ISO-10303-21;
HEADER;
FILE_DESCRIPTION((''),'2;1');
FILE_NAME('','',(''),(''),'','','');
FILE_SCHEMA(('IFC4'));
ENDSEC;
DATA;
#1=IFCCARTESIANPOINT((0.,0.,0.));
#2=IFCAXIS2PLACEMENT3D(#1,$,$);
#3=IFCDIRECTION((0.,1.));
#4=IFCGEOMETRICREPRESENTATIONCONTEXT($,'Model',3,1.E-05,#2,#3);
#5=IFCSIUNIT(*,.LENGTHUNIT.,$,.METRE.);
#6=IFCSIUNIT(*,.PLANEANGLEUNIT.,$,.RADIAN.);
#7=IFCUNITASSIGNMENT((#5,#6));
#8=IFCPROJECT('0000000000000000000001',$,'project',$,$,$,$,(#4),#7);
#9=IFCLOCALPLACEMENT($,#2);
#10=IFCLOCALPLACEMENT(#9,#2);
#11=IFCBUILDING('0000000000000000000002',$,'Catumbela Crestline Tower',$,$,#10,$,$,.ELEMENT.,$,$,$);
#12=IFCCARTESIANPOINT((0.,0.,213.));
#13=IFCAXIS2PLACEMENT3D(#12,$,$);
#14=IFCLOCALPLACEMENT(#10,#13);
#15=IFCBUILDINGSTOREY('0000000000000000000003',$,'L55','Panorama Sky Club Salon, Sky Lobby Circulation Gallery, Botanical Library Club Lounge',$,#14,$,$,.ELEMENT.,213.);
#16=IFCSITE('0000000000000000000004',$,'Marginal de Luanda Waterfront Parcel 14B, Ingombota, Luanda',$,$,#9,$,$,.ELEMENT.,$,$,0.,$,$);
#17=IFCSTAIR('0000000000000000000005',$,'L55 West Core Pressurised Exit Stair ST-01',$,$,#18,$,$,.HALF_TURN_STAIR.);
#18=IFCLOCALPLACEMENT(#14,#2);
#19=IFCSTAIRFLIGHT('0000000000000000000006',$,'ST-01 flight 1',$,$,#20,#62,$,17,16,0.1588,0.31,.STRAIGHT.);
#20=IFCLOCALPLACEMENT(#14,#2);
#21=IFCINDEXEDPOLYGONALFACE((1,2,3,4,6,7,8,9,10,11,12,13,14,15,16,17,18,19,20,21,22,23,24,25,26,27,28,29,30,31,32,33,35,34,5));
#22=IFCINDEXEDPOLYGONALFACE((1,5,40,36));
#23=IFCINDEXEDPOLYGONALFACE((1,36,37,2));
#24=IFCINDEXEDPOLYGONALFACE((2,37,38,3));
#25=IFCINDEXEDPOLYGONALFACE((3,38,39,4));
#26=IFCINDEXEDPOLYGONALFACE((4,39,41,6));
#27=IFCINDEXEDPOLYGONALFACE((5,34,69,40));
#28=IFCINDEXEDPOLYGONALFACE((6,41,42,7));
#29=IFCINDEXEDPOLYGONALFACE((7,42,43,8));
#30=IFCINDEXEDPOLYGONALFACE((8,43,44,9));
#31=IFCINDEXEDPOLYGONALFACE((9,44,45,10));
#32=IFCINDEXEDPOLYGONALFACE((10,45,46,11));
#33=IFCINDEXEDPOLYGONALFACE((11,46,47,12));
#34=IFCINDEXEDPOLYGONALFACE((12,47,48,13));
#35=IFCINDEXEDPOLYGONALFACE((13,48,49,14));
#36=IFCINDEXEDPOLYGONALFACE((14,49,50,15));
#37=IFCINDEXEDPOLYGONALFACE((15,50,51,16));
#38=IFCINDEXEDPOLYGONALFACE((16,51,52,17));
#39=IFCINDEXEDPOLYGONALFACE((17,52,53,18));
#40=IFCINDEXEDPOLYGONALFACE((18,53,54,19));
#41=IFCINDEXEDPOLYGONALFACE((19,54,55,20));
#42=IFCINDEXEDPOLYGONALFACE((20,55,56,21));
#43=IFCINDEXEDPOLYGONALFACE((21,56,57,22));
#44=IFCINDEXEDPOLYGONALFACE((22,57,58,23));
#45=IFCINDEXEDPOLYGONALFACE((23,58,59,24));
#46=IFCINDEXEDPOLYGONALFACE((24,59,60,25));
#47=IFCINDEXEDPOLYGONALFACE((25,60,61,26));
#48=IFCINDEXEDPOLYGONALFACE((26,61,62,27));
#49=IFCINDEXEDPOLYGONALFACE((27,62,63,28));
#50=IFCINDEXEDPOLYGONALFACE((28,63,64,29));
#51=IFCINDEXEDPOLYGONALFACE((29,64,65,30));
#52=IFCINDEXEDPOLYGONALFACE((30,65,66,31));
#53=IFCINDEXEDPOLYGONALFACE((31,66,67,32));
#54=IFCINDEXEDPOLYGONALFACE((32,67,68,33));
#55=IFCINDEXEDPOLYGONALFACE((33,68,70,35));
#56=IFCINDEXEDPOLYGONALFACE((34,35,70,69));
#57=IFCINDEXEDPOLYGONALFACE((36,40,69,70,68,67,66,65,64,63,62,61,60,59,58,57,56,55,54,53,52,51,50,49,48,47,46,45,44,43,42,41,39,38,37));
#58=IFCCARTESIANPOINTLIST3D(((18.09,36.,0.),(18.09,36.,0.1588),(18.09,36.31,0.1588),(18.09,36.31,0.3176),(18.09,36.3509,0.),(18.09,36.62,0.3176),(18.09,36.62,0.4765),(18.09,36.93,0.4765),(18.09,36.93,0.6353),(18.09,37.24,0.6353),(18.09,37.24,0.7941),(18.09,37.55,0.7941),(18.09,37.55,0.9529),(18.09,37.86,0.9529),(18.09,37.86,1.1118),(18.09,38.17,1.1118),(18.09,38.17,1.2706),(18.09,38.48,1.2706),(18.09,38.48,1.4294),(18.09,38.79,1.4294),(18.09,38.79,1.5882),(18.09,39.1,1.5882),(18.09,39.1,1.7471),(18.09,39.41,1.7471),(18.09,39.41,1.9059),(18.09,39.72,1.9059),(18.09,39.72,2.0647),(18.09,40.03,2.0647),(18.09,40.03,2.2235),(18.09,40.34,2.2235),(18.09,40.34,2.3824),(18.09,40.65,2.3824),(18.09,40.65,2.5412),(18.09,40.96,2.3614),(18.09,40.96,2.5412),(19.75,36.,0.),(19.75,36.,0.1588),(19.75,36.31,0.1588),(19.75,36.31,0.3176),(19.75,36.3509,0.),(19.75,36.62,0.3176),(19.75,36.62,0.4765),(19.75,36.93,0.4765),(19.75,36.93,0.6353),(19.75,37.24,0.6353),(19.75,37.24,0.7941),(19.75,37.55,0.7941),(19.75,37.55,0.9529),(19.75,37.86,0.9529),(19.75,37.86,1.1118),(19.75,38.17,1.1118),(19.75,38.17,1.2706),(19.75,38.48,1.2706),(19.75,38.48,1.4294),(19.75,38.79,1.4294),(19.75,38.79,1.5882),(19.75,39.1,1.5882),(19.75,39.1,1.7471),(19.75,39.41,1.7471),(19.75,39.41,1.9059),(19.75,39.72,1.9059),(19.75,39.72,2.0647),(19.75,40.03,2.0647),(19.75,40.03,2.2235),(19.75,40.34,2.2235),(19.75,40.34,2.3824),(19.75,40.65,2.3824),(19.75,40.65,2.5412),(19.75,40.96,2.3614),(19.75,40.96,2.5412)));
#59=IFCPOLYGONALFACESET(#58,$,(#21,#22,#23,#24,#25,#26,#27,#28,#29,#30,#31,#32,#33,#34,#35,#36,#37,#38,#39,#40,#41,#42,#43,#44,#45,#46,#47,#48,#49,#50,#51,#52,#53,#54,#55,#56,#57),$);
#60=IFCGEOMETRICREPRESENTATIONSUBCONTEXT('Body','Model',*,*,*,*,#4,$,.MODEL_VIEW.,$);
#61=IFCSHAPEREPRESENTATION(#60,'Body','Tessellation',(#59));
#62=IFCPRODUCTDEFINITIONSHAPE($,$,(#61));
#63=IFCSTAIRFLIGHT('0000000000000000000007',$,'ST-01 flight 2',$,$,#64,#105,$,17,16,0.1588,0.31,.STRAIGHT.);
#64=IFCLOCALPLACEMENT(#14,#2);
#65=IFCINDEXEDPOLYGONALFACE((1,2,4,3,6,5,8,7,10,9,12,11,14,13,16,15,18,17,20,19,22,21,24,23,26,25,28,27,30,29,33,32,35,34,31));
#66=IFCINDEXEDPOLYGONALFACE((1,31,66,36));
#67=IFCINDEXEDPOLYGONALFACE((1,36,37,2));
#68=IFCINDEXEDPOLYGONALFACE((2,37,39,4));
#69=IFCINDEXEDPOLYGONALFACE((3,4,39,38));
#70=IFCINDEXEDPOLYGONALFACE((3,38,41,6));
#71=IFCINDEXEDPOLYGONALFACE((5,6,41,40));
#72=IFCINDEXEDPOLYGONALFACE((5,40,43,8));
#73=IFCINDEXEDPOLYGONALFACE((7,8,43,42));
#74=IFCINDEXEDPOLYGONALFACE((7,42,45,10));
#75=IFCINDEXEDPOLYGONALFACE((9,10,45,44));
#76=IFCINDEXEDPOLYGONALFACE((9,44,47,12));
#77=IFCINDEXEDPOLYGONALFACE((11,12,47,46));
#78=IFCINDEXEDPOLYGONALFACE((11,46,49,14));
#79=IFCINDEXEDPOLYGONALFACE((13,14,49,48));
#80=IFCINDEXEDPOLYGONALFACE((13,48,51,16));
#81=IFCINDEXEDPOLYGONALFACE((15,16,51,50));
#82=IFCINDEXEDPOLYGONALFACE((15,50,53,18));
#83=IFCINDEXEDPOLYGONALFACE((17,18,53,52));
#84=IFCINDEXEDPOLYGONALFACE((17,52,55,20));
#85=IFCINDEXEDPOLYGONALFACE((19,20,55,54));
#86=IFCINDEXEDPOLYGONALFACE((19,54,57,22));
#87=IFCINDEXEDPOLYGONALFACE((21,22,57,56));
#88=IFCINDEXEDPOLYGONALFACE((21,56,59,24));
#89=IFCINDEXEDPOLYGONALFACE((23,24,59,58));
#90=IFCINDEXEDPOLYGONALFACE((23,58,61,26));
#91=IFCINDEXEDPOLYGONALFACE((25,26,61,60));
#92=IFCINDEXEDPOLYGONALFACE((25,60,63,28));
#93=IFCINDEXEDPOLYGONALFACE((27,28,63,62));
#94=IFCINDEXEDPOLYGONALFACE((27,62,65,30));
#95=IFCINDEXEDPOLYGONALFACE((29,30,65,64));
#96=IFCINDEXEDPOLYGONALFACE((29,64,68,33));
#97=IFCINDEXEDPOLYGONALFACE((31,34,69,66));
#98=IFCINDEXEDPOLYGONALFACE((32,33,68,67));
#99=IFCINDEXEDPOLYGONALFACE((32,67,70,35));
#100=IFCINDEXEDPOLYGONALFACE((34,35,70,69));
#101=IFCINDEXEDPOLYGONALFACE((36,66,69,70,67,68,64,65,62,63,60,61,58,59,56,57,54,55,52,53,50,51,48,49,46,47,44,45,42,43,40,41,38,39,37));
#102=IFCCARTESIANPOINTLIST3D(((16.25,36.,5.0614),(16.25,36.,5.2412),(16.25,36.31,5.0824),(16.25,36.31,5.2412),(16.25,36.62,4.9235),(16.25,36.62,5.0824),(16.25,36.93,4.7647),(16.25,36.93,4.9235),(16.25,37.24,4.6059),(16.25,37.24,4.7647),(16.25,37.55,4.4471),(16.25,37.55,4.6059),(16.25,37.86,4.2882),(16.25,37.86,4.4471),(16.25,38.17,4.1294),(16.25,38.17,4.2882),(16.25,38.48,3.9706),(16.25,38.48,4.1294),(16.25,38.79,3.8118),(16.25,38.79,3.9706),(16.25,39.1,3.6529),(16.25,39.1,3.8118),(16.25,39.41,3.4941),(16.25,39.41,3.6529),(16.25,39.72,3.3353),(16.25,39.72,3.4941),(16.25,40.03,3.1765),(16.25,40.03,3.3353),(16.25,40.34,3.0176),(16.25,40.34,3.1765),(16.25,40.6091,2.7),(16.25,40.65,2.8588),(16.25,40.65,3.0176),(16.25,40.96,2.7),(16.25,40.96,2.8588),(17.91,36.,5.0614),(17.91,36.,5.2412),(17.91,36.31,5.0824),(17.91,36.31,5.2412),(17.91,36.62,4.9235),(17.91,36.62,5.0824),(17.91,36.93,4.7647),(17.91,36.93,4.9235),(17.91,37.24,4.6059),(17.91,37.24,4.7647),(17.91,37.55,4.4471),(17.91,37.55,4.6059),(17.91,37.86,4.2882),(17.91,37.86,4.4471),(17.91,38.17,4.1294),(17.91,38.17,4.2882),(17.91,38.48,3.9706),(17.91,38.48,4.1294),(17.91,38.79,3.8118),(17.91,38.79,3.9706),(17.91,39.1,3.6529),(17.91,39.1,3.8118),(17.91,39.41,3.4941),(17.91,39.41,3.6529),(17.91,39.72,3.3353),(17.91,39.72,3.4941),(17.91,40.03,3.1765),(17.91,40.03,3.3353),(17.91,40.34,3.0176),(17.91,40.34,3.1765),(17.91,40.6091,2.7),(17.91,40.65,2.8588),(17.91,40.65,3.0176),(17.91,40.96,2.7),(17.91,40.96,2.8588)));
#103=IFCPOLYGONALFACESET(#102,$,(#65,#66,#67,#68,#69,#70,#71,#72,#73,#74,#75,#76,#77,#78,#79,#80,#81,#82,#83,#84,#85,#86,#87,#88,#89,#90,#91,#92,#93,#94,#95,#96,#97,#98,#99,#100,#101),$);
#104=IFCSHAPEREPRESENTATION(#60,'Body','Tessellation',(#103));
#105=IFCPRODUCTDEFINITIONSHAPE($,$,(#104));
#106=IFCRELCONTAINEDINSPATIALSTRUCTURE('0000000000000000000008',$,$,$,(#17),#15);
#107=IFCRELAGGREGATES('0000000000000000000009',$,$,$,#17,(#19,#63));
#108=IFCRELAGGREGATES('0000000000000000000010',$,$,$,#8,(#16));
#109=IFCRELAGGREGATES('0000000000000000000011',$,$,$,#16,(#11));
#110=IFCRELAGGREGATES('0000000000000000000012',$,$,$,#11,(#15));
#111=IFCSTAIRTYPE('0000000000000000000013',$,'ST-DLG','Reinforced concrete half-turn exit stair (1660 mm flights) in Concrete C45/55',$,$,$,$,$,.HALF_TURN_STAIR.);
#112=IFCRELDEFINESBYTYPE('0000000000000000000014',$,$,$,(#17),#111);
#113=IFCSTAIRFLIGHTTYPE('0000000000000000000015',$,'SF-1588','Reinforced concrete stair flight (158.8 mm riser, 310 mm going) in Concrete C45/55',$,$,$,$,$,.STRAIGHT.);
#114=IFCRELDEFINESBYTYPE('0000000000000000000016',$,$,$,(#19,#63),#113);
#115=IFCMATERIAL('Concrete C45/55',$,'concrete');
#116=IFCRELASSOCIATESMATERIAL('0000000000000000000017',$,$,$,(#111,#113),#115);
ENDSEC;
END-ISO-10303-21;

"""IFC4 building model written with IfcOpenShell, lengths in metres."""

from ifc_helpers import new_model, si_unit, direction, frame, origin, place, context, subcontext, project, spatial, polyline, outline, extrude, material, type_object, element, aggregate, save


model = new_model("IFC4")

# Units and contexts
model_context = context("Model", 3, precision=1e-05, world=origin(), true_north=direction((0.0, 1.0)))
body_context = subcontext(model_context, "Body", "Model", "MODEL_VIEW")
ifc_project = project(units=[si_unit("LENGTHUNIT", "METRE"), si_unit("PLANEANGLEUNIT", "RADIAN")], contexts=[model_context])

# Site, building, storey
site_placement = place(None, origin())
site = spatial("IfcSite", under=ifc_project, at=site_placement, Name="Marginal de Luanda Waterfront Parcel 14B, Ingombota, Luanda", CompositionType="ELEMENT", RefElevation=0.0)
building_placement = place(site_placement, origin())
building = spatial("IfcBuilding", under=site, at=building_placement, Name="Catumbela Crestline Tower", CompositionType="ELEMENT")
storey_placement = place(building_placement, frame((0.0, 0.0, 213.0)))
storey = spatial("IfcBuildingStorey", under=building, at=storey_placement, Name="L55", Description="Panorama Sky Club Salon, Sky Lobby Circulation Gallery, Botanical Library Club Lounge", CompositionType="ELEMENT", Elevation=213.0)

# Stair, stair flights
ifc_material_1 = material(Name="Concrete C45/55", Category="concrete")
stair_type = type_object("IfcStairType", Name="ST-DLG", Description="Reinforced concrete half-turn exit stair (1660 mm flights) in Concrete C45/55", PredefinedType="HALF_TURN_STAIR", material=ifc_material_1)
stair_placement = place(storey_placement, origin())
stair = element("IfcStair", 1, at=stair_placement, inside=storey, type_object=stair_type, Name="L55 West Core Pressurised Exit Stair ST-01", PredefinedType="HALF_TURN_STAIR")
stair_flight_type = type_object("IfcStairFlightType", Name="SF-1588", Description="Reinforced concrete stair flight (158.8 mm riser, 310 mm going) in Concrete C45/55", PredefinedType="STRAIGHT", material=ifc_material_1)
stair_flight_1_placement = place(storey_placement, frame((18.92, 36.0, 0.0), z_axis=(0.0, 0.0, 1.0), x_axis=(0.0, 1.0, 0.0)))
stair_flight_1 = element("IfcStairFlight", 2, at=stair_flight_1_placement, type_object=stair_flight_type, Name="ST-01 flight 1", NumberOfRisers=17, NumberOfTreads=16, PredefinedType="STRAIGHT", RiserHeight=0.1588, TreadLength=0.31, context=body_context, shape_type="SweptSolid", body=[
    extrude(outline(polyline([(0.0, 0.0), (0.0, 0.1588), (0.31, 0.1588), (0.31, 0.3176), (0.62, 0.3176), (0.62, 0.4765), (0.93, 0.4765), (0.93, 0.6353), (1.24, 0.6353), (1.24, 0.7941), (1.55, 0.7941), (1.55, 0.9529), (1.86, 0.9529), (1.86, 1.1118), (2.17, 1.1118), (2.17, 1.2706), (2.48, 1.2706), (2.48, 1.4294), (2.79, 1.4294), (2.79, 1.5882), (3.1, 1.5882), (3.1, 1.7471), (3.41, 1.7471), (3.41, 1.9059), (3.72, 1.9059), (3.72, 2.0647), (4.03, 2.0647), (4.03, 2.2235), (4.34, 2.2235), (4.34, 2.3824), (4.65, 2.3824), (4.65, 2.5412), (4.96, 2.5412), (4.96, 2.7), (4.96, 2.3614), (0.3509, 0.0), (0.0, 0.0)])), frame((0.0, 0.83, 0.0), z_axis=(0.0, -1.0, 0.0), x_axis=(1.0, 0.0, 0.0)), (0.0, 0.0, 1.0), 1.66),
])
stair_flight_2_placement = place(storey_placement, frame((17.08, 40.96, 2.7), z_axis=(0.0, 0.0, 1.0), x_axis=(0.0, -1.0, 0.0)))
stair_flight_2 = element("IfcStairFlight", 3, at=stair_flight_2_placement, type_object=stair_flight_type, Name="ST-01 flight 2", NumberOfRisers=17, NumberOfTreads=16, PredefinedType="STRAIGHT", RiserHeight=0.1588, TreadLength=0.31, context=body_context, shape_type="SweptSolid", body=[
    extrude(outline(polyline([(0.0, 0.0), (0.0, 0.1588), (0.31, 0.1588), (0.31, 0.3176), (0.62, 0.3176), (0.62, 0.4765), (0.93, 0.4765), (0.93, 0.6353), (1.24, 0.6353), (1.24, 0.7941), (1.55, 0.7941), (1.55, 0.9529), (1.86, 0.9529), (1.86, 1.1118), (2.17, 1.1118), (2.17, 1.2706), (2.48, 1.2706), (2.48, 1.4294), (2.79, 1.4294), (2.79, 1.5882), (3.1, 1.5882), (3.1, 1.7471), (3.41, 1.7471), (3.41, 1.9059), (3.72, 1.9059), (3.72, 2.0647), (4.03, 2.0647), (4.03, 2.2235), (4.34, 2.2235), (4.34, 2.3824), (4.65, 2.3824), (4.65, 2.5412), (4.96, 2.5412), (4.96, 2.7), (4.96, 2.3614), (0.3509, 0.0), (0.0, 0.0)])), frame((0.0, 0.83, 0.0), z_axis=(0.0, -1.0, 0.0), x_axis=(1.0, 0.0, 0.0)), (0.0, 0.0, 1.0), 1.66),
])
aggregate(stair, [stair_flight_1, stair_flight_2])

save(model, "model.ifc")
